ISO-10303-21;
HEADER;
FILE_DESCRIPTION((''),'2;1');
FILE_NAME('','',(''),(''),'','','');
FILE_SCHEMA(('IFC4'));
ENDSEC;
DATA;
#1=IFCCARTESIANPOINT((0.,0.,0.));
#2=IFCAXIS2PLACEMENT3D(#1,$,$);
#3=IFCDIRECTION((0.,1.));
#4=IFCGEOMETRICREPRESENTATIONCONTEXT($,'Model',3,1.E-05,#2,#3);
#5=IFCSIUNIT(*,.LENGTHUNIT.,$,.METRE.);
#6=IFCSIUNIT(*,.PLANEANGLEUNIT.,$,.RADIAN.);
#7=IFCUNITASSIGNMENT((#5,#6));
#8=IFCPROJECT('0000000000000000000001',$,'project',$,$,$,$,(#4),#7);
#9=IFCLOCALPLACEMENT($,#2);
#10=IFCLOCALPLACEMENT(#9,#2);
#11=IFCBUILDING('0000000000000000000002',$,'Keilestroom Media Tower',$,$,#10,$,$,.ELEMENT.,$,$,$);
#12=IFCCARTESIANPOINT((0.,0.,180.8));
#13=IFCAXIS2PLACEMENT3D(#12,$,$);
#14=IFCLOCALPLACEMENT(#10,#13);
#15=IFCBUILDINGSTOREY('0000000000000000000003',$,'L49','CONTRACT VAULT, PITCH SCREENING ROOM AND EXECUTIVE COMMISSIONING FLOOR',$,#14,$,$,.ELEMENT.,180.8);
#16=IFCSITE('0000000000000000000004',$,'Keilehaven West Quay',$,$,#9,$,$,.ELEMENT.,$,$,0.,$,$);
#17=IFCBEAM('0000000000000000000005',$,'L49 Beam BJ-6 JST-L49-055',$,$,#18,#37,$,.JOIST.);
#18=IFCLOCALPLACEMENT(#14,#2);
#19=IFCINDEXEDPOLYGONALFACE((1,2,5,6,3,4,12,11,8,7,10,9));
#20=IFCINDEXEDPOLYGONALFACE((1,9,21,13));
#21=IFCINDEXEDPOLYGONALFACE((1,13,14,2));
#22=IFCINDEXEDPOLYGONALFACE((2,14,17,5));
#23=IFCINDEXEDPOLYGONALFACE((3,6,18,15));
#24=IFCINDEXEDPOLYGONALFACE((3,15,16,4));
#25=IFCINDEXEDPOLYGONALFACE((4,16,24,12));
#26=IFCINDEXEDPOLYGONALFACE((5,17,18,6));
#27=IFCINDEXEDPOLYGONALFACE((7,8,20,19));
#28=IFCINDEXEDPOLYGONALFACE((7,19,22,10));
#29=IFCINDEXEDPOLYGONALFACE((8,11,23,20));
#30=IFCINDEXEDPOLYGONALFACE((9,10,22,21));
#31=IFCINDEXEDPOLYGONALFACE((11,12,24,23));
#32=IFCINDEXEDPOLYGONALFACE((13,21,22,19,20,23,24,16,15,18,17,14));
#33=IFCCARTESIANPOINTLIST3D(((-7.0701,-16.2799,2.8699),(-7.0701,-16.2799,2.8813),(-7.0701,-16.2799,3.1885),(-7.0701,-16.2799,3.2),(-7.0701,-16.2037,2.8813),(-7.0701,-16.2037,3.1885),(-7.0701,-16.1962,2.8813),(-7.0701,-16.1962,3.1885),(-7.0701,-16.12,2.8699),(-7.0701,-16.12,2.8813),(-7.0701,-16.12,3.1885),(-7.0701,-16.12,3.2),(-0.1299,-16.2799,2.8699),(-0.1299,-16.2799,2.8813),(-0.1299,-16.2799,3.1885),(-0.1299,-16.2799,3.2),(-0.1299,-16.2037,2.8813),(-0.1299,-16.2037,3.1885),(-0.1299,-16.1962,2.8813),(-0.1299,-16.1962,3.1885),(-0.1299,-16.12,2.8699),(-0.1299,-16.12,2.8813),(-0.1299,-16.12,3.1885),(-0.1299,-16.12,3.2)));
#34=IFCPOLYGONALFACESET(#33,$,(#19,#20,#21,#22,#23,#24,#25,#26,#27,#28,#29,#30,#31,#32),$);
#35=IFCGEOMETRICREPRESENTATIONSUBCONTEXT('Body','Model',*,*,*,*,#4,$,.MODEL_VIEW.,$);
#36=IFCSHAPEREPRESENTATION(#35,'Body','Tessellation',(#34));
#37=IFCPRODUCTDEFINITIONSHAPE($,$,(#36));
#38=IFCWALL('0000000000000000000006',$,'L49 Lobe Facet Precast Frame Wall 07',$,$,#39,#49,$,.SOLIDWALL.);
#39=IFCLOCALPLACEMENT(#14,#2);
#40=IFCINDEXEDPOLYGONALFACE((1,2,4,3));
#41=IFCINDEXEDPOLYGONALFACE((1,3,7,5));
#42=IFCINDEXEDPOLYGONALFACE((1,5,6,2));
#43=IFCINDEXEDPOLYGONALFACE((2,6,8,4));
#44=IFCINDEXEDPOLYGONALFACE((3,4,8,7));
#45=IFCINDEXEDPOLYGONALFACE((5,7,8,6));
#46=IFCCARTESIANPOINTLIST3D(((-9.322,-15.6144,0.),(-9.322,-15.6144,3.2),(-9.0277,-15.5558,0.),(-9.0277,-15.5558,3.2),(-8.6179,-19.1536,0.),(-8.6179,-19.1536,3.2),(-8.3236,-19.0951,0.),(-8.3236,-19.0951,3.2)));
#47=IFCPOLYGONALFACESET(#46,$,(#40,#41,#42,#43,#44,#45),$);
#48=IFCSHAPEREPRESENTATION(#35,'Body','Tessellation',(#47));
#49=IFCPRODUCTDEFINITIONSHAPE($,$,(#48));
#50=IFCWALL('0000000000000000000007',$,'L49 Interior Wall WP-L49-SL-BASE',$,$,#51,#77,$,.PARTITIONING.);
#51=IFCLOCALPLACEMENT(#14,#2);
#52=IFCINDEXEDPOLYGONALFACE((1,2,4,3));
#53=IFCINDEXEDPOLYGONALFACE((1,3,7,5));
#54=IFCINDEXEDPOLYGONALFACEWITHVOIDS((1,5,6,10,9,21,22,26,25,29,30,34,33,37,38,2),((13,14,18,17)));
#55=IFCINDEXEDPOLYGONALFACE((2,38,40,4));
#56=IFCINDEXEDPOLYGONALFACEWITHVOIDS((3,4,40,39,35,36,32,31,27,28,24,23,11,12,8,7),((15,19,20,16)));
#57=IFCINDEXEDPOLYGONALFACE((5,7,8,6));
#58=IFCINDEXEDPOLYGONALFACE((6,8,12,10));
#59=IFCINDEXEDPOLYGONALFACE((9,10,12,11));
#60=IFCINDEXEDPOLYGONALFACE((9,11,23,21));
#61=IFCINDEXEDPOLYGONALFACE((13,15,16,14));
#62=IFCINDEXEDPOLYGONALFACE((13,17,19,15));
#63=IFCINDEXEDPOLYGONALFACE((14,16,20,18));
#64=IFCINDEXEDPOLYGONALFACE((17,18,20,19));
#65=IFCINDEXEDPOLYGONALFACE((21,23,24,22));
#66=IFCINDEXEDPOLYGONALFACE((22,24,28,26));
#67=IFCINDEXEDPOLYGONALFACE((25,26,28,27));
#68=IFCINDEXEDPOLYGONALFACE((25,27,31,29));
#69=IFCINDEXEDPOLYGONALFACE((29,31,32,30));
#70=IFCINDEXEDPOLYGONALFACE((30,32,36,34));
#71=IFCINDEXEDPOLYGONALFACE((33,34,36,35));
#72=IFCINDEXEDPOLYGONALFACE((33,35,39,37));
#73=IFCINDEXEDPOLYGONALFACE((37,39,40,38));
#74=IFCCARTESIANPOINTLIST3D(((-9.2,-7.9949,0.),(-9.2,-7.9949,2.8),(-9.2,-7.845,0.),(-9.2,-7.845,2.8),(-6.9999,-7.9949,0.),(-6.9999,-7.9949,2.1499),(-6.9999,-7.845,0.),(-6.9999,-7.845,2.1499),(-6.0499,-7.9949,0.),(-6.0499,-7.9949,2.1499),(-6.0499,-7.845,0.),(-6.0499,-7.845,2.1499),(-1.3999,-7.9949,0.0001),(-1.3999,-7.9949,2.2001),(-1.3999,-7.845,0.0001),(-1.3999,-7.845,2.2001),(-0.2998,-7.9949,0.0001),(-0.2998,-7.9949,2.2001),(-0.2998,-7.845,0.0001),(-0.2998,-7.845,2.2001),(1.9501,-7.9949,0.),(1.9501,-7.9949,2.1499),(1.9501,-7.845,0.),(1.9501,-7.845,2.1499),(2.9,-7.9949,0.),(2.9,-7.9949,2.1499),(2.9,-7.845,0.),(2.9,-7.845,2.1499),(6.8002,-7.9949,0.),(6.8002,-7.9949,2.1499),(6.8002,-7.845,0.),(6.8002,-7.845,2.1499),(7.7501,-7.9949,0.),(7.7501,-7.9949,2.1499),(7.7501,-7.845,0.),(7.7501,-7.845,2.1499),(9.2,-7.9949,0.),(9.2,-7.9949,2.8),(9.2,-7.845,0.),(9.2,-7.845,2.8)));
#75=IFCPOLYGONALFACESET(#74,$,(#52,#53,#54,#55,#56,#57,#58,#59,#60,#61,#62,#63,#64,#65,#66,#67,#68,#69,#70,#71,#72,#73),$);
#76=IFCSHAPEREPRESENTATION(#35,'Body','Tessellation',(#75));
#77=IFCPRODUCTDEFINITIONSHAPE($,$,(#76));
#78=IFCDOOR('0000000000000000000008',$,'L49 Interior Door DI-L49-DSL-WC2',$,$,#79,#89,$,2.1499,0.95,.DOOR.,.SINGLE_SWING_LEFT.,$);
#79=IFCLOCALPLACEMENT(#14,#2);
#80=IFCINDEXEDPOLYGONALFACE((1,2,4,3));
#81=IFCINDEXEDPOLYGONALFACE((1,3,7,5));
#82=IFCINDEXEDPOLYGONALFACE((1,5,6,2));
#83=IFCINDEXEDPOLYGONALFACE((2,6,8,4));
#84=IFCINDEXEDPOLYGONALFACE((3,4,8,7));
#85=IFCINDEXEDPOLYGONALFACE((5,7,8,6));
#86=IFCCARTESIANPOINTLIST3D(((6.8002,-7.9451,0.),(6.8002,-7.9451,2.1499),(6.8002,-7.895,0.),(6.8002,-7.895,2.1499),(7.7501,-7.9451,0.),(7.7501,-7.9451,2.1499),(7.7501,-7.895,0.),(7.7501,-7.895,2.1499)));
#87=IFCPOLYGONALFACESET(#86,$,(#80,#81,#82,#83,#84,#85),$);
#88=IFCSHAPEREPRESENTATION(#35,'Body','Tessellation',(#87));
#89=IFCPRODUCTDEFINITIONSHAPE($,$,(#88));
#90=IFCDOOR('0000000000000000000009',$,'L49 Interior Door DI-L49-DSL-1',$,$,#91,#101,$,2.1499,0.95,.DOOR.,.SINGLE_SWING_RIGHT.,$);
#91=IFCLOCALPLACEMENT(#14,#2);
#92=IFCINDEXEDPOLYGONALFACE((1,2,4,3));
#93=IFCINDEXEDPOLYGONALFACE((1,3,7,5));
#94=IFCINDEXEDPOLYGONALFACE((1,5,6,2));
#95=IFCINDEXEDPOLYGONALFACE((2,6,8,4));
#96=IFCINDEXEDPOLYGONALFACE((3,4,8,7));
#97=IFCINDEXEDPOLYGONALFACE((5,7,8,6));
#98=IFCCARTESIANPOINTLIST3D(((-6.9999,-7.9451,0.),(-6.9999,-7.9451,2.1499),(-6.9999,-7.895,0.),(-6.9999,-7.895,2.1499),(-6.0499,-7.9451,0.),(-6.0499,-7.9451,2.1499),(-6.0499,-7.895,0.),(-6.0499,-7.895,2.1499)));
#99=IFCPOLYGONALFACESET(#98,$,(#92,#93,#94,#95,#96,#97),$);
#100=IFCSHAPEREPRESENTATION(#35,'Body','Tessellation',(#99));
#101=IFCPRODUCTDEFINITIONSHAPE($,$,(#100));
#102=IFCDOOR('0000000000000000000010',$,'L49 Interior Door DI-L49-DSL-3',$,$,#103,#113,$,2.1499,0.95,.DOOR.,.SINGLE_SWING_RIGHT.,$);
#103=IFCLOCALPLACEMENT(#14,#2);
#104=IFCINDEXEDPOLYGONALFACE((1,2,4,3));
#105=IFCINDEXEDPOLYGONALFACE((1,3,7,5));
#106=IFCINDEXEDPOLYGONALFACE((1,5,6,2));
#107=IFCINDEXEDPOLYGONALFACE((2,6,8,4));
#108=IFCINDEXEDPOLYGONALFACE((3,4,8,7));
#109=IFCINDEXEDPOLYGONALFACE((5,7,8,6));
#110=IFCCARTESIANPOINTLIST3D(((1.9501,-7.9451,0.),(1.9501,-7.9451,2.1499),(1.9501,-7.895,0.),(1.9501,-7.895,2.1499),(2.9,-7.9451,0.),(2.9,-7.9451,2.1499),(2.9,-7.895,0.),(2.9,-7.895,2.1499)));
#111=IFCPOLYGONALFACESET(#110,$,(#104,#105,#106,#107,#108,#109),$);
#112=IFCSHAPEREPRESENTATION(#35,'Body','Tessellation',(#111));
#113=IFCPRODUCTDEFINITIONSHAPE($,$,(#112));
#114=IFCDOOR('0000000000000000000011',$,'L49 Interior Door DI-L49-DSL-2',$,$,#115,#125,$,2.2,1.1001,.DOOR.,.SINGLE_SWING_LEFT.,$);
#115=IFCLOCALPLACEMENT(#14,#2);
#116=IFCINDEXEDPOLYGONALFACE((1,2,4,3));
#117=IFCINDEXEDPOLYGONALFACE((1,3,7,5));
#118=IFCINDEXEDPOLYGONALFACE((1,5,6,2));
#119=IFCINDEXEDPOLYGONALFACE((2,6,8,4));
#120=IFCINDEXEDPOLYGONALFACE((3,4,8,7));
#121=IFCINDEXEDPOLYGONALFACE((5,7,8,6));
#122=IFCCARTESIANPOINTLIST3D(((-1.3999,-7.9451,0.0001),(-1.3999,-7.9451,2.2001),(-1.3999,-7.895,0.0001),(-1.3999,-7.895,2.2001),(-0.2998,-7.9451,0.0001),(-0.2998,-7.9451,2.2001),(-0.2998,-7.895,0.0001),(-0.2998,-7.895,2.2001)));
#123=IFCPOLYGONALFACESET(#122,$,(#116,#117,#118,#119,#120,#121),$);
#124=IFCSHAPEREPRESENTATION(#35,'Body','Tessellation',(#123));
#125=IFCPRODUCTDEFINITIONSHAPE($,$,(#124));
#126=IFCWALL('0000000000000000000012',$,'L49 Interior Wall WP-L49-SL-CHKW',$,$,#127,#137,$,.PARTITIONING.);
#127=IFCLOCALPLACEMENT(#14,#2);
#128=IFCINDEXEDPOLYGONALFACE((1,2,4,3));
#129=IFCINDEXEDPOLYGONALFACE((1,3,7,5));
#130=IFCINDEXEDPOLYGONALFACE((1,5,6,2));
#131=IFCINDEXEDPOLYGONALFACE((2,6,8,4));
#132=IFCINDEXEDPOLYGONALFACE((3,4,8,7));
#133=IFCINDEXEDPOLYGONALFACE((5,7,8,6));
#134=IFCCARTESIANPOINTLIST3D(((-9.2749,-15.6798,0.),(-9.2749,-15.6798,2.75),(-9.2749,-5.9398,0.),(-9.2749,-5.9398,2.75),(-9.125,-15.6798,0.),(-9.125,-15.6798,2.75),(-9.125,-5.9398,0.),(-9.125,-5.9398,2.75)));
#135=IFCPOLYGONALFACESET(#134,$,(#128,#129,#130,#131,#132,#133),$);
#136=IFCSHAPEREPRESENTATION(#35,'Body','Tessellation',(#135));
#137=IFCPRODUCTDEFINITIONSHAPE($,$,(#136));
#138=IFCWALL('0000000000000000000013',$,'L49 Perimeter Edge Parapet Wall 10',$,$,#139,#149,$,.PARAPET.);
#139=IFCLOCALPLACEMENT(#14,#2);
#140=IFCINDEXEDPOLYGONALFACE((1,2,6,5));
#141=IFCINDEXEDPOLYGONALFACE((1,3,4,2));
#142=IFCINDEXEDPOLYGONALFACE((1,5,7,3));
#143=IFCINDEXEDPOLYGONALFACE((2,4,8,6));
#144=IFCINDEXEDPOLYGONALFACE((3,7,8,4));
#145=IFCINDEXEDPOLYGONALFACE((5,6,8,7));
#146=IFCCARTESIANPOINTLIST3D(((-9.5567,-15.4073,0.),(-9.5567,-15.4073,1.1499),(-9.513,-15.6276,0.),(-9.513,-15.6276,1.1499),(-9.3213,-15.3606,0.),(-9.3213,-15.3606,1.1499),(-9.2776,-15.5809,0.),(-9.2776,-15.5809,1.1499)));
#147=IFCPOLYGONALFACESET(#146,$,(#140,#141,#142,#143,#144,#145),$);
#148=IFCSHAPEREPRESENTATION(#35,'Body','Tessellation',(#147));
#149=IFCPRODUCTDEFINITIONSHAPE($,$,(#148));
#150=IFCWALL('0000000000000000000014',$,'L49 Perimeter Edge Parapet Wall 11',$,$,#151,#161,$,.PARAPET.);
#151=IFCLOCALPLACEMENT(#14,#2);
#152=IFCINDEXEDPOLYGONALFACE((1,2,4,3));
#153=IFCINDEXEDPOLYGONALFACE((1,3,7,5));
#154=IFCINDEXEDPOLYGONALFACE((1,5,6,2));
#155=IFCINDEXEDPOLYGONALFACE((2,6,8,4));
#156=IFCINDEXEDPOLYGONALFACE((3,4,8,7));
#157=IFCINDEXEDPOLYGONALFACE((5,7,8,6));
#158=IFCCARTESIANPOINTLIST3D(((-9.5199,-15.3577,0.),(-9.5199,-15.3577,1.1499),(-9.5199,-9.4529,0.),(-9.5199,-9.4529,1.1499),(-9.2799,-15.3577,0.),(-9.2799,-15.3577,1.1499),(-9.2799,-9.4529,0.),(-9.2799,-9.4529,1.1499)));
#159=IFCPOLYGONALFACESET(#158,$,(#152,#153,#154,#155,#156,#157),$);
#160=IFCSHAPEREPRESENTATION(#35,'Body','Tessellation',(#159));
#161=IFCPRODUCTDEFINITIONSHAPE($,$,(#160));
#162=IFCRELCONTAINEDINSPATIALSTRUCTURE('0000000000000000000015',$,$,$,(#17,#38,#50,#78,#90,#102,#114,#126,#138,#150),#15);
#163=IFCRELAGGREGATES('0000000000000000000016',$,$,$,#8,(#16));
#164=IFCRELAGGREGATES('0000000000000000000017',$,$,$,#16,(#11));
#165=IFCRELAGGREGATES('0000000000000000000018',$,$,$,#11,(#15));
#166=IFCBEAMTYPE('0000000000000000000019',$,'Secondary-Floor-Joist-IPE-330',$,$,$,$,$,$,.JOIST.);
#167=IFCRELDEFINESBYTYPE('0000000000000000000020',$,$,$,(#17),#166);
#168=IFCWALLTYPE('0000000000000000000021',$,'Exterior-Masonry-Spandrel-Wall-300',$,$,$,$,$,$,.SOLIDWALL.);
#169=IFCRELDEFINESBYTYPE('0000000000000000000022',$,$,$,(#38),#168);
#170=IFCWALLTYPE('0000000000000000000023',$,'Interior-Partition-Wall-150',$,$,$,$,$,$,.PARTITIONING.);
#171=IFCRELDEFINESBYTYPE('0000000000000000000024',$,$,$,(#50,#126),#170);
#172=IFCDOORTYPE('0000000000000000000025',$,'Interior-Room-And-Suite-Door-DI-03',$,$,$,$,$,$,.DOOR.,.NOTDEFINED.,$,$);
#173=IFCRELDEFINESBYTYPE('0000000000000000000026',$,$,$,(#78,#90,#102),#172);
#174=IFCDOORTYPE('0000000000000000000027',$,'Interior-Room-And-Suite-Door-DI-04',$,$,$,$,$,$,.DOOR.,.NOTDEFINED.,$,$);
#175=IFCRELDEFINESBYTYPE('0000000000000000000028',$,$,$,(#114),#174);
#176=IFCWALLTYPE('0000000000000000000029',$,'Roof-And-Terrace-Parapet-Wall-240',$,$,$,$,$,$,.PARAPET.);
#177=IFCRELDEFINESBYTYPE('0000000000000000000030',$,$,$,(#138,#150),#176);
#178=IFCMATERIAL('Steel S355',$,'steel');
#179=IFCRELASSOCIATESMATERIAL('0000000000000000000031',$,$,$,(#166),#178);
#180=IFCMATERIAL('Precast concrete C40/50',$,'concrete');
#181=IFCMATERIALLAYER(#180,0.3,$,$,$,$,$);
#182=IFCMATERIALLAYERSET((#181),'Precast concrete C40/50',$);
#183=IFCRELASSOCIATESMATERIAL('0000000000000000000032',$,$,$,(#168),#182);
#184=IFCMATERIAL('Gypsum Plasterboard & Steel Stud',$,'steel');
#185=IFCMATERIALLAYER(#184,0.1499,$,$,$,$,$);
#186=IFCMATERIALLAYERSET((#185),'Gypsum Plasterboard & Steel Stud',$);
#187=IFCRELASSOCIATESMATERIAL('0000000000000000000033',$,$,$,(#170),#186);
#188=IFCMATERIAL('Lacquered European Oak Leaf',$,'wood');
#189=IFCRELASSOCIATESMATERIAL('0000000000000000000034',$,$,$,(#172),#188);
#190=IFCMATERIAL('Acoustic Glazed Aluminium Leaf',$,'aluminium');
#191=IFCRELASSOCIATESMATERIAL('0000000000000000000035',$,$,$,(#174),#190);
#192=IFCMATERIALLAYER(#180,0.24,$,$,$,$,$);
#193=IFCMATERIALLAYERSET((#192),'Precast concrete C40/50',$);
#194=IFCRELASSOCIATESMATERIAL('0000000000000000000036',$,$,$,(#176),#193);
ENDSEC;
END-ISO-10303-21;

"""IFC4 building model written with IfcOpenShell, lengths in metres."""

from ifc_helpers import new_model, si_unit, direction, frame, frame_2d, origin, origin_2d, place, context, subcontext, project, spatial, rectangle, i_section, extrude, source, transform, mapped, material, layer, layer_set, material_profile, profile_set, type_object, element, fill, save


model = new_model("IFC4")

# Units and contexts
model_context = context("Model", 3, precision=1e-05, world=origin(), true_north=direction((0.0, 1.0)))
body_context = subcontext(model_context, "Body", "Model", "MODEL_VIEW")
ifc_project = project(units=[si_unit("LENGTHUNIT", "METRE"), si_unit("PLANEANGLEUNIT", "RADIAN")], contexts=[model_context])

# Site, building, storey
site_placement = place(None, origin())
site = spatial("IfcSite", under=ifc_project, at=site_placement, Name="Keilehaven West Quay", CompositionType="ELEMENT", RefElevation=0.0)
building_placement = place(site_placement, origin())
building = spatial("IfcBuilding", under=site, at=building_placement, Name="Keilestroom Media Tower", CompositionType="ELEMENT")
storey_placement = place(building_placement, frame((0.0, 0.0, 180.8)))
storey = spatial("IfcBuildingStorey", under=building, at=storey_placement, Name="L49", Description="CONTRACT VAULT, PITCH SCREENING ROOM AND EXECUTIVE COMMISSIONING FLOOR", CompositionType="ELEMENT", Elevation=180.8)

# Shared definitions
ifc_material_1 = material(Name="Precast concrete C40/50", Category="concrete")
ifc_material_2 = material(Name="Steel S355", Category="steel")

# Beam
ifc_material_profile_1 = material_profile(ifc_material_2, i_section(OverallWidth=0.1599, OverallDepth=0.3301, WebThickness=0.0076, FlangeThickness=0.0115, at=origin_2d()), Name="IPE 330")
ifc_profile_set_1 = profile_set([ifc_material_profile_1], Name="Steel S355")
beam_type_1 = type_object("IfcBeamType", Name="Secondary-Floor-Joist-IPE-330", PredefinedType="JOIST", material=ifc_profile_set_1)
shared_shape_1 = source(origin(), body_context, "Body", "SweptSolid", [
    extrude(i_section(OverallWidth=0.1599, OverallDepth=0.3301, WebThickness=0.0076, FlangeThickness=0.0115, at=origin_2d()), origin(), (0.0, 0.0, 1.0), 6.9402),
])
beam_1_placement = place(storey_placement, frame((-7.0701, -16.2, 3.0349), z_axis=(1.0, 0.0, 0.0), x_axis=(0.0, 1.0, 0.0)))
element("IfcBeam", 1, at=beam_1_placement, inside=storey, type_object=beam_type_1, Name="L49 Beam BJ-6 JST-L49-055", PredefinedType="JOIST", context=body_context, shape_type="MappedRepresentation", body=[
    mapped(shared_shape_1, transform((0.0, 0.0, 0.0), x_axis=(1.0, 0.0, 0.0), y_axis=(0.0, 1.0, 0.0), z_axis=(0.0, 0.0, 1.0), scale=1.0)),
])

# Wall
ifc_layer_1 = layer(ifc_material_1, 0.3)
ifc_layer_set_1 = layer_set([ifc_layer_1], Name="Precast concrete C40/50")
wall_type_1 = type_object("IfcWallType", Name="Exterior-Masonry-Spandrel-Wall-300", PredefinedType="SOLIDWALL", material=ifc_layer_set_1)
wall_1_placement = place(storey_placement, frame((-9.1748, -15.5852, 0.0), z_axis=(0.0, 0.0, 1.0), x_axis=(0.195114, -0.980781, 0.0)))
element("IfcWall", 2, at=wall_1_placement, inside=storey, type_object=wall_type_1, Name="L49 Lobe Facet Precast Frame Wall 07", PredefinedType="SOLIDWALL", context=body_context, shape_type="SweptSolid", body=[
    extrude(rectangle(XDim=3.6086, YDim=0.3, at=frame_2d((1.8042, 0.0))), origin(), (0.0, 0.0, 1.0), 3.2),
])

# Wall, openings, doors
ifc_material_3 = material(Name="Gypsum Plasterboard & Steel Stud", Category="steel")
ifc_layer_2 = layer(ifc_material_3, 0.1499)
ifc_layer_set_2 = layer_set([ifc_layer_2], Name="Gypsum Plasterboard & Steel Stud")
wall_type_2 = type_object("IfcWallType", Name="Interior-Partition-Wall-150", PredefinedType="PARTITIONING", material=ifc_layer_set_2)
wall_2_placement = place(storey_placement, frame((-9.2, -7.9199, 0.0), z_axis=(0.0, 0.0, 1.0), x_axis=(1.0, 0.0, 0.0)))
wall_2 = element("IfcWall", 3, at=wall_2_placement, inside=storey, type_object=wall_type_2, Name="L49 Interior Wall WP-L49-SL-BASE", PredefinedType="PARTITIONING", context=body_context, shape_type="SweptSolid", body=[
    extrude(rectangle(XDim=18.3999, YDim=0.1499, at=frame_2d((9.2, 0.0))), origin(), (0.0, 0.0, 1.0), 2.8),
])
opening_1_placement = place(wall_2_placement, frame((16.0, 0.0, 0.0)))
opening_1 = element("IfcOpeningElement", 4, at=opening_1_placement, cuts=wall_2, PredefinedType="OPENING", context=body_context, shape_type="SweptSolid", body=[
    extrude(rectangle(XDim=0.95, YDim=2.1499, at=frame_2d((0.4751, 1.075))), frame((0.0, 0.085, 0.0), z_axis=(0.0, -1.0, 0.0), x_axis=(1.0, 0.0, 0.0)), (0.0, 0.0, 1.0), 0.1699),
])
opening_2_placement = place(wall_2_placement, frame((2.2, 0.0, 0.0)))
opening_2 = element("IfcOpeningElement", 5, at=opening_2_placement, cuts=wall_2, PredefinedType="OPENING", context=body_context, shape_type="SweptSolid", body=[
    extrude(rectangle(XDim=0.95, YDim=2.1499, at=frame_2d((0.4751, 1.075))), frame((0.0, 0.085, 0.0), z_axis=(0.0, -1.0, 0.0), x_axis=(1.0, 0.0, 0.0)), (0.0, 0.0, 1.0), 0.1699),
])
opening_3_placement = place(wall_2_placement, frame((7.8, 0.0, 0.0)))
opening_3 = element("IfcOpeningElement", 6, at=opening_3_placement, cuts=wall_2, PredefinedType="OPENING", context=body_context, shape_type="SweptSolid", body=[
    extrude(rectangle(XDim=1.1001, YDim=2.2, at=frame_2d((0.55, 1.1001))), frame((0.0, 0.085, 0.0), z_axis=(0.0, -1.0, 0.0), x_axis=(1.0, 0.0, 0.0)), (0.0, 0.0, 1.0), 0.1699),
])
opening_4_placement = place(wall_2_placement, frame((11.1499, 0.0, 0.0)))
opening_4 = element("IfcOpeningElement", 7, at=opening_4_placement, cuts=wall_2, PredefinedType="OPENING", context=body_context, shape_type="SweptSolid", body=[
    extrude(rectangle(XDim=0.95, YDim=2.1499, at=frame_2d((0.4751, 1.075))), frame((0.0, 0.085, 0.0), z_axis=(0.0, -1.0, 0.0), x_axis=(1.0, 0.0, 0.0)), (0.0, 0.0, 1.0), 0.1699),
])
ifc_material_4 = material(Name="Lacquered European Oak Leaf", Category="wood")
door_type_1 = type_object("IfcDoorType", Name="Interior-Room-And-Suite-Door-DI-03", OperationType="NOTDEFINED", PredefinedType="DOOR", material=ifc_material_4)
shared_shape_2 = source(origin(), body_context, "Body", "SweptSolid", [
    extrude(rectangle(XDim=0.95, YDim=2.1499, at=frame_2d((0.4751, 1.075))), frame((0.0, 0.0249, 0.0), z_axis=(0.0, -1.0, 0.0), x_axis=(1.0, 0.0, 0.0)), (0.0, 0.0, 1.0), 0.05),
])
door_1_placement = place(opening_1_placement, origin())
door_1 = element("IfcDoor", 8, at=door_1_placement, inside=storey, type_object=door_type_1, Name="L49 Interior Door DI-L49-DSL-WC2", OperationType="SINGLE_SWING_LEFT", OverallHeight=2.1499, OverallWidth=0.95, PredefinedType="DOOR", context=body_context, shape_type="MappedRepresentation", body=[
    mapped(shared_shape_2, transform((0.0, 0.0, 0.0), x_axis=(1.0, 0.0, 0.0), y_axis=(0.0, 1.0, 0.0), z_axis=(0.0, 0.0, 1.0), scale=1.0)),
])
fill(opening_1, door_1)
door_2_placement = place(opening_2_placement, origin())
door_2 = element("IfcDoor", 9, at=door_2_placement, inside=storey, type_object=door_type_1, Name="L49 Interior Door DI-L49-DSL-1", OperationType="SINGLE_SWING_RIGHT", OverallHeight=2.1499, OverallWidth=0.95, PredefinedType="DOOR", context=body_context, shape_type="MappedRepresentation", body=[
    mapped(shared_shape_2, transform((0.0, 0.0, 0.0), x_axis=(1.0, 0.0, 0.0), y_axis=(0.0, 1.0, 0.0), z_axis=(0.0, 0.0, 1.0), scale=1.0)),
])
fill(opening_2, door_2)
door_3_placement = place(opening_4_placement, origin())
door_3 = element("IfcDoor", 10, at=door_3_placement, inside=storey, type_object=door_type_1, Name="L49 Interior Door DI-L49-DSL-3", OperationType="SINGLE_SWING_RIGHT", OverallHeight=2.1499, OverallWidth=0.95, PredefinedType="DOOR", context=body_context, shape_type="MappedRepresentation", body=[
    mapped(shared_shape_2, transform((0.0, 0.0, 0.0), x_axis=(1.0, 0.0, 0.0), y_axis=(0.0, 1.0, 0.0), z_axis=(0.0, 0.0, 1.0), scale=1.0)),
])
fill(opening_4, door_3)
ifc_material_5 = material(Name="Acoustic Glazed Aluminium Leaf", Category="aluminium")
door_type_2 = type_object("IfcDoorType", Name="Interior-Room-And-Suite-Door-DI-04", OperationType="NOTDEFINED", PredefinedType="DOOR", material=ifc_material_5)
shared_shape_3 = source(origin(), body_context, "Body", "SweptSolid", [
    extrude(rectangle(XDim=1.1001, YDim=2.2, at=frame_2d((0.55, 1.1001))), frame((0.0, 0.0249, 0.0), z_axis=(0.0, -1.0, 0.0), x_axis=(1.0, 0.0, 0.0)), (0.0, 0.0, 1.0), 0.05),
])
door_4_placement = place(opening_3_placement, origin())
door_4 = element("IfcDoor", 11, at=door_4_placement, inside=storey, type_object=door_type_2, Name="L49 Interior Door DI-L49-DSL-2", OperationType="SINGLE_SWING_LEFT", OverallHeight=2.2, OverallWidth=1.1001, PredefinedType="DOOR", context=body_context, shape_type="MappedRepresentation", body=[
    mapped(shared_shape_3, transform((0.0, 0.0, 0.0), x_axis=(1.0, 0.0, 0.0), y_axis=(0.0, 1.0, 0.0), z_axis=(0.0, 0.0, 1.0), scale=1.0)),
])
fill(opening_3, door_4)

# Walls
wall_3_placement = place(storey_placement, frame((-9.2, -15.6799, 0.0), z_axis=(0.0, 0.0, 1.0), x_axis=(0.0, 1.0, 0.0)))
element("IfcWall", 12, at=wall_3_placement, inside=storey, type_object=wall_type_2, Name="L49 Interior Wall WP-L49-SL-CHKW", PredefinedType="PARTITIONING", context=body_context, shape_type="SweptSolid", body=[
    extrude(rectangle(XDim=9.74, YDim=0.1499, at=frame_2d((4.8701, 0.0))), origin(), (0.0, 0.0, 1.0), 2.75),
])
ifc_layer_3 = layer(ifc_material_1, 0.24)
ifc_layer_set_3 = layer_set([ifc_layer_3], Name="Precast concrete C40/50")
wall_type_3 = type_object("IfcWallType", Name="Roof-And-Terrace-Parapet-Wall-240", PredefinedType="PARAPET", material=ifc_layer_set_3)
wall_4_placement = place(storey_placement, frame((-9.3953, -15.6042, 0.0), z_axis=(0.0, 0.0, 1.0), x_axis=(-0.194652, 0.980872, 0.0)))
element("IfcWall", 13, at=wall_4_placement, inside=storey, type_object=wall_type_3, Name="L49 Perimeter Edge Parapet Wall 10", PredefinedType="PARAPET", context=body_context, shape_type="SweptSolid", body=[
    extrude(rectangle(XDim=0.2246, YDim=0.24, at=frame_2d((0.1123, 0.0))), origin(), (0.0, 0.0, 1.0), 1.1499),
])
wall_5_placement = place(storey_placement, frame((-9.3999, -15.3577, 0.0), z_axis=(0.0, 0.0, 1.0), x_axis=(0.0, 1.0, 0.0)))
element("IfcWall", 14, at=wall_5_placement, inside=storey, type_object=wall_type_3, Name="L49 Perimeter Edge Parapet Wall 11", PredefinedType="PARAPET", context=body_context, shape_type="SweptSolid", body=[
    extrude(rectangle(XDim=5.9048, YDim=0.24, at=frame_2d((2.9524, 0.0))), origin(), (0.0, 0.0, 1.0), 1.1499),
])

save(model, "model.ifc")
